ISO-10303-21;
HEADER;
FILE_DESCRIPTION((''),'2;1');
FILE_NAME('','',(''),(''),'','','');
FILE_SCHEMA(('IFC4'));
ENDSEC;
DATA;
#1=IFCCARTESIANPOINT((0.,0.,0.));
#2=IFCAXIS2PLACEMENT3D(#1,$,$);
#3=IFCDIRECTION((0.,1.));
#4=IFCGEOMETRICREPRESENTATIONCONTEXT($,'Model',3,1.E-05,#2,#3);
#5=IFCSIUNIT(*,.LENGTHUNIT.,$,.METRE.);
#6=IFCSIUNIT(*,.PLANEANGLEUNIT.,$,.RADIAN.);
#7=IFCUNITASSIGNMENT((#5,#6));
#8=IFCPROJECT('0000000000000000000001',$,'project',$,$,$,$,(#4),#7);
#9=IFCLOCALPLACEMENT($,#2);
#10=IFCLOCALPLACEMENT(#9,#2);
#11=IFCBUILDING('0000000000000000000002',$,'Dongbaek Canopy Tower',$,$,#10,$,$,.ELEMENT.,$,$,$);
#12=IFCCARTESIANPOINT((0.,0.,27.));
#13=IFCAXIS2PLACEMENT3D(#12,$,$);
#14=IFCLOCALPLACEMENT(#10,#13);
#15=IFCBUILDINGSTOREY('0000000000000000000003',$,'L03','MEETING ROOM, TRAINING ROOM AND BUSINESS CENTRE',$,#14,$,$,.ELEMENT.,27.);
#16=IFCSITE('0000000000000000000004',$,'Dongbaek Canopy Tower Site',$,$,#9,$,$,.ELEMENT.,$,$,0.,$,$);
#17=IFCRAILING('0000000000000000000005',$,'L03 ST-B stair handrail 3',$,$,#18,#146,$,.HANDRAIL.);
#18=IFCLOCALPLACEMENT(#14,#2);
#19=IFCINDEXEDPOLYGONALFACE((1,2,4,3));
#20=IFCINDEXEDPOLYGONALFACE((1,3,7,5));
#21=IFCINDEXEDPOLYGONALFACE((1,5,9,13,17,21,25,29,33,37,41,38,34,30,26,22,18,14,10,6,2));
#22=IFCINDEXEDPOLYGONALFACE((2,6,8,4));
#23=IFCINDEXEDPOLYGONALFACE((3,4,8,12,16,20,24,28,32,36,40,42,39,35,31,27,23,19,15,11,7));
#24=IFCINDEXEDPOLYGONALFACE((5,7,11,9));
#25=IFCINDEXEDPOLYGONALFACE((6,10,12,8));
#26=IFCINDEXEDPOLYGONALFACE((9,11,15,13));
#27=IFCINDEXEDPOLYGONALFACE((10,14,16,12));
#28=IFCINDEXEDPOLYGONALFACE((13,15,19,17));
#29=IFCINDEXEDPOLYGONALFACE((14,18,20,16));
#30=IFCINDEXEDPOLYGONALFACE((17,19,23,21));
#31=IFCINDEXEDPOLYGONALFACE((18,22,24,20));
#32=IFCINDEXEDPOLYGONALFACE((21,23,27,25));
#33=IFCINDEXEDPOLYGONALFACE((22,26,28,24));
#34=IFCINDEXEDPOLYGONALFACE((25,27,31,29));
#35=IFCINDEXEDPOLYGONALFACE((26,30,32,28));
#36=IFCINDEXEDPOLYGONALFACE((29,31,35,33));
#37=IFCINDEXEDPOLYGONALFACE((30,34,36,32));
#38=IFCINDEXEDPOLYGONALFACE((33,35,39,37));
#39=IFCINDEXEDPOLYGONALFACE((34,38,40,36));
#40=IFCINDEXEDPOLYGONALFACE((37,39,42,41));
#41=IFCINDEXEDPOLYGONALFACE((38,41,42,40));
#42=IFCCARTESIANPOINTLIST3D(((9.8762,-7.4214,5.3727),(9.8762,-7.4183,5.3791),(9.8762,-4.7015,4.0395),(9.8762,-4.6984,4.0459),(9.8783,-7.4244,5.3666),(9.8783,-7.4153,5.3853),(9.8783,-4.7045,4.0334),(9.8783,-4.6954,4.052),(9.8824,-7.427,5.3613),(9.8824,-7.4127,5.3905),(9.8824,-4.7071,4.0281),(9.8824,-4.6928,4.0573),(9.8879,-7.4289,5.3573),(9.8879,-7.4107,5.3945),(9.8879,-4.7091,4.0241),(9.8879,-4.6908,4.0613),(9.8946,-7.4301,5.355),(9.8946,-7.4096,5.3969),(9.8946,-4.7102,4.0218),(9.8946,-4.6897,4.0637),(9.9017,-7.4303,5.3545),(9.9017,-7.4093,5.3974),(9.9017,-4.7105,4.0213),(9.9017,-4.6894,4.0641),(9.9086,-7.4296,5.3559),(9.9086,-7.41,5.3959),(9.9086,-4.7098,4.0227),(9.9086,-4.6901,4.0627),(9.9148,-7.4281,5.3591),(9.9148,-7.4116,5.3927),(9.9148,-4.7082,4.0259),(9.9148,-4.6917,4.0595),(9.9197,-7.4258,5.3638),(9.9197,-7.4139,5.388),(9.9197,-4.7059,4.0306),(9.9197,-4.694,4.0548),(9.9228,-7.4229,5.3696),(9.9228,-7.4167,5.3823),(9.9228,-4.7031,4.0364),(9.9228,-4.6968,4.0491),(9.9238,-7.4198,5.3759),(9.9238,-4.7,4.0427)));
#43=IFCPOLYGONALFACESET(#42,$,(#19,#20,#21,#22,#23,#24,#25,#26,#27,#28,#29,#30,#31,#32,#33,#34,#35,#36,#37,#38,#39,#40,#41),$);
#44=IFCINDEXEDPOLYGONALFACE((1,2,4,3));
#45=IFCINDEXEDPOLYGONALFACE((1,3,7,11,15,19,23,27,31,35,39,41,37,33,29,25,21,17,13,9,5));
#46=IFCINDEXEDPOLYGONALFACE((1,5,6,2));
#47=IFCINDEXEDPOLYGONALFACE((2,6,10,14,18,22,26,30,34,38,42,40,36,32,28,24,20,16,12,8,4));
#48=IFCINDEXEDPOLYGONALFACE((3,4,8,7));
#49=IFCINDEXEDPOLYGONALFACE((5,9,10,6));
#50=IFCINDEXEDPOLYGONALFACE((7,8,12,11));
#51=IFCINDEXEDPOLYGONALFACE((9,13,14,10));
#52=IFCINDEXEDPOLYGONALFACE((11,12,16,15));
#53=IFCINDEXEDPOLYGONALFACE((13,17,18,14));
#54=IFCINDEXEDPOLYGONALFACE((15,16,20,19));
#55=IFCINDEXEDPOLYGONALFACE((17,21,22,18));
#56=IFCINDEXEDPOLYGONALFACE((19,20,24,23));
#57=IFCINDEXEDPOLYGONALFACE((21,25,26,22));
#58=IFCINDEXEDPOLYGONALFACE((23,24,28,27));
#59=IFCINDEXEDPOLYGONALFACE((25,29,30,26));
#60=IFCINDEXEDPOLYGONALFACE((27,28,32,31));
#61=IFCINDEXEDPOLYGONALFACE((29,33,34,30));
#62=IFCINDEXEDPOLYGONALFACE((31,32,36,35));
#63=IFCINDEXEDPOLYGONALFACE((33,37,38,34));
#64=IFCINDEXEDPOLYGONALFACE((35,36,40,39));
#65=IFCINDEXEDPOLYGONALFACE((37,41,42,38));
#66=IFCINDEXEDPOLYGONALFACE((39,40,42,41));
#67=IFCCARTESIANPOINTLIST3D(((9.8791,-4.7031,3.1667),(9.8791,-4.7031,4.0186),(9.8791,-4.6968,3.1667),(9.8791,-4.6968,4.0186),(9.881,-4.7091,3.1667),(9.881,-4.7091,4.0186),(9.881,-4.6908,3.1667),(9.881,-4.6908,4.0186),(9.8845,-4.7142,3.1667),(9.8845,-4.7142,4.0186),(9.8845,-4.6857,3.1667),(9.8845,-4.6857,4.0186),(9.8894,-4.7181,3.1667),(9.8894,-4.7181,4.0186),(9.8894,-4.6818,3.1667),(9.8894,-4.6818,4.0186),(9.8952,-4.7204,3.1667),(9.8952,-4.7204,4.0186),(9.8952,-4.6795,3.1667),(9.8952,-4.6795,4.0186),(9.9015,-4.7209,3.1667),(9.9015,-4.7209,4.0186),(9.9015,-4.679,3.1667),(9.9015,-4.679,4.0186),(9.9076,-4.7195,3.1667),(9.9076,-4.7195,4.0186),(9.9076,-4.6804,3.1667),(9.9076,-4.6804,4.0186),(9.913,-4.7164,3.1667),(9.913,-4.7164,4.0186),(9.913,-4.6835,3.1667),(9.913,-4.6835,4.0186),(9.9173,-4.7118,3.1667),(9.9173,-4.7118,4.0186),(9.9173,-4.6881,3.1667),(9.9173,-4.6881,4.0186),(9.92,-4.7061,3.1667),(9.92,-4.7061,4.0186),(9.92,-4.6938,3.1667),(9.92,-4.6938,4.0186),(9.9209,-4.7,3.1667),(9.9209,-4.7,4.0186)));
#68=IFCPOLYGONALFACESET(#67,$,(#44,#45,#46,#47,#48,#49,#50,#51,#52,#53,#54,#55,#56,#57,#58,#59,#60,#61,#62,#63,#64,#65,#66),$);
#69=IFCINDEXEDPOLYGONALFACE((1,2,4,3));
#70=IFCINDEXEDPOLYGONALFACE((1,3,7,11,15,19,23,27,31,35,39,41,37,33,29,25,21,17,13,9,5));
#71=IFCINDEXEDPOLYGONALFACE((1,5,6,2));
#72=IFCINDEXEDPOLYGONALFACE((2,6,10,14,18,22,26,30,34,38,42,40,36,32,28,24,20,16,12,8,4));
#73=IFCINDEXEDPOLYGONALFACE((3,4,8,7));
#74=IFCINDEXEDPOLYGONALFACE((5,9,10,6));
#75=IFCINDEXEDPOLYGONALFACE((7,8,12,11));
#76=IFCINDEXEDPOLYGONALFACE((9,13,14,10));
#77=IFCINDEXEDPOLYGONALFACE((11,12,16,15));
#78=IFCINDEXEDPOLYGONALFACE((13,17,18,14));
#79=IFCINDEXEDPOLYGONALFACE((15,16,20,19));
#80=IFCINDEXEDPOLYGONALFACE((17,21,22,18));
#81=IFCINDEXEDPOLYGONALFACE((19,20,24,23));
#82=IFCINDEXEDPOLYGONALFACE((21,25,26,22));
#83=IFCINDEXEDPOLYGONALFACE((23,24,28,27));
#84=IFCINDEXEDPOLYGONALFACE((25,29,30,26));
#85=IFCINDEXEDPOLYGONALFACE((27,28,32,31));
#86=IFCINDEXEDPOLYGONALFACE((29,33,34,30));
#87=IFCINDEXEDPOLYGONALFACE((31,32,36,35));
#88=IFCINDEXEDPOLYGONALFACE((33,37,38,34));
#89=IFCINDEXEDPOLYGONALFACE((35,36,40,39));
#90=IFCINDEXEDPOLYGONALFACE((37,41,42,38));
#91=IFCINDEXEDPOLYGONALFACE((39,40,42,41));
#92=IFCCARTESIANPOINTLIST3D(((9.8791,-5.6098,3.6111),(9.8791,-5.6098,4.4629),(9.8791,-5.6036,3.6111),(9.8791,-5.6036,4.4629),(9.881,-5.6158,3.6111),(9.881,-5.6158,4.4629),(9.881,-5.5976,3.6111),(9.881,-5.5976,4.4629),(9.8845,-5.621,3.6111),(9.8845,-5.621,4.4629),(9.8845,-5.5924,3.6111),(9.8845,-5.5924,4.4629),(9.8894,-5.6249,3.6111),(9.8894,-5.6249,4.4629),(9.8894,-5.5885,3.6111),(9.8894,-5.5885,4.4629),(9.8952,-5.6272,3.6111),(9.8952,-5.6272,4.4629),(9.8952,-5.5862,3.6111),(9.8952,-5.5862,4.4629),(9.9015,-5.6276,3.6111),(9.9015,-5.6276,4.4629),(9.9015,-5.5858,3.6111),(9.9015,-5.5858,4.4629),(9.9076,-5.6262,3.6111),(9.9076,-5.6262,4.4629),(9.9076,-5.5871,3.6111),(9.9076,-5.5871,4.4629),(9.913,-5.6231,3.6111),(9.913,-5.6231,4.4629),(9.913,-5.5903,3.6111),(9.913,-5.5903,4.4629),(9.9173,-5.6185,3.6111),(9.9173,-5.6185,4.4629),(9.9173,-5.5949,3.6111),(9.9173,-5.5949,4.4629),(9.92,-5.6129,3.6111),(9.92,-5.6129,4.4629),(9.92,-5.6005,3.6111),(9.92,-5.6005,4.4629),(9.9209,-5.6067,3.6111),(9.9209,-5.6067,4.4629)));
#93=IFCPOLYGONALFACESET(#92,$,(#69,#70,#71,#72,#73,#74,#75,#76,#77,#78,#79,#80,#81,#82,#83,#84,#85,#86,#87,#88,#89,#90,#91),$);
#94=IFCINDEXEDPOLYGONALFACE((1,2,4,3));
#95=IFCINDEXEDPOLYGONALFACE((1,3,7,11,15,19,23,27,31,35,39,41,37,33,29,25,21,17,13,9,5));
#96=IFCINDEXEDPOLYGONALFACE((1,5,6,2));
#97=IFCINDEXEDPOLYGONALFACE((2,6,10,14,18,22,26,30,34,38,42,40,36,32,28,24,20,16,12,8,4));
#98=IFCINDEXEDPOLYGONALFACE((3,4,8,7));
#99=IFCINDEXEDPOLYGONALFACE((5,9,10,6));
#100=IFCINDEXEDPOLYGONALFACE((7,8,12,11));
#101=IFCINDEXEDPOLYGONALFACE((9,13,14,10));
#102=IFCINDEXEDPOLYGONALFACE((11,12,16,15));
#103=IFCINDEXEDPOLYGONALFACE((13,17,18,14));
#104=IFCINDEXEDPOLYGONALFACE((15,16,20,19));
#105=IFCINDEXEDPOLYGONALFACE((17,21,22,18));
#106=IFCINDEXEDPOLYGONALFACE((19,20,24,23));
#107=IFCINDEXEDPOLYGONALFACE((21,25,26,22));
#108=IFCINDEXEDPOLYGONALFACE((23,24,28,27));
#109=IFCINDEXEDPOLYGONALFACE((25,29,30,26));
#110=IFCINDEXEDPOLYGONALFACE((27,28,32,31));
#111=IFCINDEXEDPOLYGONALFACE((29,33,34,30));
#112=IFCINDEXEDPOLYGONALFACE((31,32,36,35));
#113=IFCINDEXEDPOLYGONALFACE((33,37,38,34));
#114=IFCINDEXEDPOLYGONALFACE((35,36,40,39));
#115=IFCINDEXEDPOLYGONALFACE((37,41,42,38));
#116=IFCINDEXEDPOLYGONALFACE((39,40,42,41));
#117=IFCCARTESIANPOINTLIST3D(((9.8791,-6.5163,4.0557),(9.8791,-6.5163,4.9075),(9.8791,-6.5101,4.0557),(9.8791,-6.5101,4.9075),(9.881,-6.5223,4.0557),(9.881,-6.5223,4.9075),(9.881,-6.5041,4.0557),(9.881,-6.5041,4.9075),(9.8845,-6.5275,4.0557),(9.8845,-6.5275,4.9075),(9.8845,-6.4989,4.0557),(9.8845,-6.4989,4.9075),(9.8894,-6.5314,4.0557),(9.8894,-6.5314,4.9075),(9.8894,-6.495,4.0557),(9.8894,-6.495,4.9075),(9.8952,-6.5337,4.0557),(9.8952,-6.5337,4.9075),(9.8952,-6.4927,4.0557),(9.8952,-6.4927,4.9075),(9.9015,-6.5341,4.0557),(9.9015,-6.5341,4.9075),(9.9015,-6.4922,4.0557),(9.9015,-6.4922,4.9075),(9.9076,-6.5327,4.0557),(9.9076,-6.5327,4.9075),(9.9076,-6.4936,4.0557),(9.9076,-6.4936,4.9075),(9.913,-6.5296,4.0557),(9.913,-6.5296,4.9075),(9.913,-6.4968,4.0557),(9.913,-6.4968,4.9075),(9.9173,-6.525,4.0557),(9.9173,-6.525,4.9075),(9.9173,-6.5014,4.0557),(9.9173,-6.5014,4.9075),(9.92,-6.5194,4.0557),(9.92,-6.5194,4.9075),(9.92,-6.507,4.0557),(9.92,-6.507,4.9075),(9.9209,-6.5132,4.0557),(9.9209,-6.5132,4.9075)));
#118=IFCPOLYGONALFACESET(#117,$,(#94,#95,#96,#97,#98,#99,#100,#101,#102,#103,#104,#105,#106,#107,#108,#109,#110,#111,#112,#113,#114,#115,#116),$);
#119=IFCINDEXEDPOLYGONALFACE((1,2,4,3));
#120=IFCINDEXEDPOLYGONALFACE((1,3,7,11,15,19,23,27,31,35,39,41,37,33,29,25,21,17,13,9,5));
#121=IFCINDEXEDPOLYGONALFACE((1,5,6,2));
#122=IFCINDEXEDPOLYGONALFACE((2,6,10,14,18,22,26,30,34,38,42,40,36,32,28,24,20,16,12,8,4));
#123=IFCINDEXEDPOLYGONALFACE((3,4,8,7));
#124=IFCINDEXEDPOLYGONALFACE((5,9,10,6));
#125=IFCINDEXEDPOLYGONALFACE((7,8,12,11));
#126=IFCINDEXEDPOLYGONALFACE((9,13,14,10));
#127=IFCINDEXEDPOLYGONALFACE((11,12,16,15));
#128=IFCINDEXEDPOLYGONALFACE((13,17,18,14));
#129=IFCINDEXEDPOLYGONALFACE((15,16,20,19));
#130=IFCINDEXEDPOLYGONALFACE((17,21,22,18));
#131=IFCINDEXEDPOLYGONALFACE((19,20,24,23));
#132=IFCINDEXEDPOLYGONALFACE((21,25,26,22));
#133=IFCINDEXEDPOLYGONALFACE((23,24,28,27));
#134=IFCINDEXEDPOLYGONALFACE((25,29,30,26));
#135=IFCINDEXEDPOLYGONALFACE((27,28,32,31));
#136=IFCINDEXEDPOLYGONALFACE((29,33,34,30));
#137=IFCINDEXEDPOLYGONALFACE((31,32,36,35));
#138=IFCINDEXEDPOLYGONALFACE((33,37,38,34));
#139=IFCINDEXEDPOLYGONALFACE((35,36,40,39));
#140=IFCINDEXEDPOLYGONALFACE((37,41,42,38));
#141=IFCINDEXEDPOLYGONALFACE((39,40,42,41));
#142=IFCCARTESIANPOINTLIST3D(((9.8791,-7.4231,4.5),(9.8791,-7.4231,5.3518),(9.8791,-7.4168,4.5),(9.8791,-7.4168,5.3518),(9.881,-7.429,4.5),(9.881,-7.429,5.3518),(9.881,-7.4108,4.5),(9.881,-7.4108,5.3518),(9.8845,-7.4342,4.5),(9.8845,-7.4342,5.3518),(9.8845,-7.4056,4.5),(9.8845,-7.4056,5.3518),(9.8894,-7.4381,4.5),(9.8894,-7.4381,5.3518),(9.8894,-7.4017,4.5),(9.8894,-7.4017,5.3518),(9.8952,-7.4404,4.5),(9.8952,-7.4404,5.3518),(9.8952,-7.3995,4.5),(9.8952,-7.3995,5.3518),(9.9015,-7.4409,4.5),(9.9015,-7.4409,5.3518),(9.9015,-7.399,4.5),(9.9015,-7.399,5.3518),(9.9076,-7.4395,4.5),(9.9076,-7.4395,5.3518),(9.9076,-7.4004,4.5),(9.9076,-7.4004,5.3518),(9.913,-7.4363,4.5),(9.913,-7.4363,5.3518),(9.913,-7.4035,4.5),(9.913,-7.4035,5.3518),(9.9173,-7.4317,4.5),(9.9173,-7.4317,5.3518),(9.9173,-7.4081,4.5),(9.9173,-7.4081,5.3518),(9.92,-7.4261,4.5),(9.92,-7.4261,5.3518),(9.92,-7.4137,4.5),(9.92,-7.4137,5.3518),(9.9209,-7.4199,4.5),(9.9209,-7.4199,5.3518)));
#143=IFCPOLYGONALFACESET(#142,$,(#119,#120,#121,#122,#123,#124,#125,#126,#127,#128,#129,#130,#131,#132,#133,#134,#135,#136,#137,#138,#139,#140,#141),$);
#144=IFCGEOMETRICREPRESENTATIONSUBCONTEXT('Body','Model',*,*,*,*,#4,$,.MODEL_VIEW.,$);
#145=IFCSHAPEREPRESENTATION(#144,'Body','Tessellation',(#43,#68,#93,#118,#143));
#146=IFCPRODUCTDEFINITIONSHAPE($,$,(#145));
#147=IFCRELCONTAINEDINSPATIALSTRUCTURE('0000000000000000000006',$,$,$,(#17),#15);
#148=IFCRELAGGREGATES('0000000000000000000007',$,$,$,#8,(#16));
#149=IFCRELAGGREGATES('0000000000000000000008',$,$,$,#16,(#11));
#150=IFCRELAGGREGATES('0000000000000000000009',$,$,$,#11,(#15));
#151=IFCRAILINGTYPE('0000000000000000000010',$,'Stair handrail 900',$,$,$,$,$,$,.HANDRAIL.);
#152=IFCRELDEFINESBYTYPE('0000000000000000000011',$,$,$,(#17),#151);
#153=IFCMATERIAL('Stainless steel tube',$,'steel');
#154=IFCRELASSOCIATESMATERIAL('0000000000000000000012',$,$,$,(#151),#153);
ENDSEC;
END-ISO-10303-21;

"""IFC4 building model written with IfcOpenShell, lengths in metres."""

from ifc_helpers import new_model, si_unit, direction, frame, origin, origin_2d, place, context, subcontext, project, spatial, circle, extrude, material, type_object, element, save


model = new_model("IFC4")

# Units and contexts
model_context = context("Model", 3, precision=1e-05, world=origin(), true_north=direction((0.0, 1.0)))
body_context = subcontext(model_context, "Body", "Model", "MODEL_VIEW")
ifc_project = project(units=[si_unit("LENGTHUNIT", "METRE"), si_unit("PLANEANGLEUNIT", "RADIAN")], contexts=[model_context])

# Site, building, storey
site_placement = place(None, origin())
site = spatial("IfcSite", under=ifc_project, at=site_placement, Name="Dongbaek Canopy Tower Site", CompositionType="ELEMENT", RefElevation=0.0)
building_placement = place(site_placement, origin())
building = spatial("IfcBuilding", under=site, at=building_placement, Name="Dongbaek Canopy Tower", CompositionType="ELEMENT")
storey_placement = place(building_placement, frame((0.0, 0.0, 27.0)))
storey = spatial("IfcBuildingStorey", under=building, at=storey_placement, Name="L03", Description="MEETING ROOM, TRAINING ROOM AND BUSINESS CENTRE", CompositionType="ELEMENT", Elevation=27.0)

# Railing
ifc_material_1 = material(Name="Stainless steel tube", Category="steel")
railing_type_1 = type_object("IfcRailingType", Name="Stair handrail 900", PredefinedType="HANDRAIL", material=ifc_material_1)
railing_1_placement = place(storey_placement, frame((9.8999, -4.7, 3.1667)))
element("IfcRailing", 1, at=railing_1_placement, inside=storey, type_object=railing_type_1, Name="L03 ST-B stair handrail 3", PredefinedType="HANDRAIL", context=body_context, shape_type="SweptSolid", body=[
    extrude(circle(Radius=0.0239, at=origin_2d()), frame((0.0, 0.0, 0.876), z_axis=(0.0, -0.897929, 0.440139), x_axis=(1.0, 0.0, 0.0)), (0.0, 0.0, 1.0), 3.0291),
    extrude(circle(Radius=0.021, at=origin_2d()), origin(), (0.0, 0.0, 1.0), 0.8518),
    extrude(circle(Radius=0.021, at=origin_2d()), frame((0.0, -0.9067, 0.4443)), (0.0, 0.0, 1.0), 0.8518),
    extrude(circle(Radius=0.021, at=origin_2d()), frame((0.0, -1.8132, 0.8889)), (0.0, 0.0, 1.0), 0.8518),
    extrude(circle(Radius=0.021, at=origin_2d()), frame((0.0, -2.72, 1.3333)), (0.0, 0.0, 1.0), 0.8518),
])

save(model, "model.ifc")
